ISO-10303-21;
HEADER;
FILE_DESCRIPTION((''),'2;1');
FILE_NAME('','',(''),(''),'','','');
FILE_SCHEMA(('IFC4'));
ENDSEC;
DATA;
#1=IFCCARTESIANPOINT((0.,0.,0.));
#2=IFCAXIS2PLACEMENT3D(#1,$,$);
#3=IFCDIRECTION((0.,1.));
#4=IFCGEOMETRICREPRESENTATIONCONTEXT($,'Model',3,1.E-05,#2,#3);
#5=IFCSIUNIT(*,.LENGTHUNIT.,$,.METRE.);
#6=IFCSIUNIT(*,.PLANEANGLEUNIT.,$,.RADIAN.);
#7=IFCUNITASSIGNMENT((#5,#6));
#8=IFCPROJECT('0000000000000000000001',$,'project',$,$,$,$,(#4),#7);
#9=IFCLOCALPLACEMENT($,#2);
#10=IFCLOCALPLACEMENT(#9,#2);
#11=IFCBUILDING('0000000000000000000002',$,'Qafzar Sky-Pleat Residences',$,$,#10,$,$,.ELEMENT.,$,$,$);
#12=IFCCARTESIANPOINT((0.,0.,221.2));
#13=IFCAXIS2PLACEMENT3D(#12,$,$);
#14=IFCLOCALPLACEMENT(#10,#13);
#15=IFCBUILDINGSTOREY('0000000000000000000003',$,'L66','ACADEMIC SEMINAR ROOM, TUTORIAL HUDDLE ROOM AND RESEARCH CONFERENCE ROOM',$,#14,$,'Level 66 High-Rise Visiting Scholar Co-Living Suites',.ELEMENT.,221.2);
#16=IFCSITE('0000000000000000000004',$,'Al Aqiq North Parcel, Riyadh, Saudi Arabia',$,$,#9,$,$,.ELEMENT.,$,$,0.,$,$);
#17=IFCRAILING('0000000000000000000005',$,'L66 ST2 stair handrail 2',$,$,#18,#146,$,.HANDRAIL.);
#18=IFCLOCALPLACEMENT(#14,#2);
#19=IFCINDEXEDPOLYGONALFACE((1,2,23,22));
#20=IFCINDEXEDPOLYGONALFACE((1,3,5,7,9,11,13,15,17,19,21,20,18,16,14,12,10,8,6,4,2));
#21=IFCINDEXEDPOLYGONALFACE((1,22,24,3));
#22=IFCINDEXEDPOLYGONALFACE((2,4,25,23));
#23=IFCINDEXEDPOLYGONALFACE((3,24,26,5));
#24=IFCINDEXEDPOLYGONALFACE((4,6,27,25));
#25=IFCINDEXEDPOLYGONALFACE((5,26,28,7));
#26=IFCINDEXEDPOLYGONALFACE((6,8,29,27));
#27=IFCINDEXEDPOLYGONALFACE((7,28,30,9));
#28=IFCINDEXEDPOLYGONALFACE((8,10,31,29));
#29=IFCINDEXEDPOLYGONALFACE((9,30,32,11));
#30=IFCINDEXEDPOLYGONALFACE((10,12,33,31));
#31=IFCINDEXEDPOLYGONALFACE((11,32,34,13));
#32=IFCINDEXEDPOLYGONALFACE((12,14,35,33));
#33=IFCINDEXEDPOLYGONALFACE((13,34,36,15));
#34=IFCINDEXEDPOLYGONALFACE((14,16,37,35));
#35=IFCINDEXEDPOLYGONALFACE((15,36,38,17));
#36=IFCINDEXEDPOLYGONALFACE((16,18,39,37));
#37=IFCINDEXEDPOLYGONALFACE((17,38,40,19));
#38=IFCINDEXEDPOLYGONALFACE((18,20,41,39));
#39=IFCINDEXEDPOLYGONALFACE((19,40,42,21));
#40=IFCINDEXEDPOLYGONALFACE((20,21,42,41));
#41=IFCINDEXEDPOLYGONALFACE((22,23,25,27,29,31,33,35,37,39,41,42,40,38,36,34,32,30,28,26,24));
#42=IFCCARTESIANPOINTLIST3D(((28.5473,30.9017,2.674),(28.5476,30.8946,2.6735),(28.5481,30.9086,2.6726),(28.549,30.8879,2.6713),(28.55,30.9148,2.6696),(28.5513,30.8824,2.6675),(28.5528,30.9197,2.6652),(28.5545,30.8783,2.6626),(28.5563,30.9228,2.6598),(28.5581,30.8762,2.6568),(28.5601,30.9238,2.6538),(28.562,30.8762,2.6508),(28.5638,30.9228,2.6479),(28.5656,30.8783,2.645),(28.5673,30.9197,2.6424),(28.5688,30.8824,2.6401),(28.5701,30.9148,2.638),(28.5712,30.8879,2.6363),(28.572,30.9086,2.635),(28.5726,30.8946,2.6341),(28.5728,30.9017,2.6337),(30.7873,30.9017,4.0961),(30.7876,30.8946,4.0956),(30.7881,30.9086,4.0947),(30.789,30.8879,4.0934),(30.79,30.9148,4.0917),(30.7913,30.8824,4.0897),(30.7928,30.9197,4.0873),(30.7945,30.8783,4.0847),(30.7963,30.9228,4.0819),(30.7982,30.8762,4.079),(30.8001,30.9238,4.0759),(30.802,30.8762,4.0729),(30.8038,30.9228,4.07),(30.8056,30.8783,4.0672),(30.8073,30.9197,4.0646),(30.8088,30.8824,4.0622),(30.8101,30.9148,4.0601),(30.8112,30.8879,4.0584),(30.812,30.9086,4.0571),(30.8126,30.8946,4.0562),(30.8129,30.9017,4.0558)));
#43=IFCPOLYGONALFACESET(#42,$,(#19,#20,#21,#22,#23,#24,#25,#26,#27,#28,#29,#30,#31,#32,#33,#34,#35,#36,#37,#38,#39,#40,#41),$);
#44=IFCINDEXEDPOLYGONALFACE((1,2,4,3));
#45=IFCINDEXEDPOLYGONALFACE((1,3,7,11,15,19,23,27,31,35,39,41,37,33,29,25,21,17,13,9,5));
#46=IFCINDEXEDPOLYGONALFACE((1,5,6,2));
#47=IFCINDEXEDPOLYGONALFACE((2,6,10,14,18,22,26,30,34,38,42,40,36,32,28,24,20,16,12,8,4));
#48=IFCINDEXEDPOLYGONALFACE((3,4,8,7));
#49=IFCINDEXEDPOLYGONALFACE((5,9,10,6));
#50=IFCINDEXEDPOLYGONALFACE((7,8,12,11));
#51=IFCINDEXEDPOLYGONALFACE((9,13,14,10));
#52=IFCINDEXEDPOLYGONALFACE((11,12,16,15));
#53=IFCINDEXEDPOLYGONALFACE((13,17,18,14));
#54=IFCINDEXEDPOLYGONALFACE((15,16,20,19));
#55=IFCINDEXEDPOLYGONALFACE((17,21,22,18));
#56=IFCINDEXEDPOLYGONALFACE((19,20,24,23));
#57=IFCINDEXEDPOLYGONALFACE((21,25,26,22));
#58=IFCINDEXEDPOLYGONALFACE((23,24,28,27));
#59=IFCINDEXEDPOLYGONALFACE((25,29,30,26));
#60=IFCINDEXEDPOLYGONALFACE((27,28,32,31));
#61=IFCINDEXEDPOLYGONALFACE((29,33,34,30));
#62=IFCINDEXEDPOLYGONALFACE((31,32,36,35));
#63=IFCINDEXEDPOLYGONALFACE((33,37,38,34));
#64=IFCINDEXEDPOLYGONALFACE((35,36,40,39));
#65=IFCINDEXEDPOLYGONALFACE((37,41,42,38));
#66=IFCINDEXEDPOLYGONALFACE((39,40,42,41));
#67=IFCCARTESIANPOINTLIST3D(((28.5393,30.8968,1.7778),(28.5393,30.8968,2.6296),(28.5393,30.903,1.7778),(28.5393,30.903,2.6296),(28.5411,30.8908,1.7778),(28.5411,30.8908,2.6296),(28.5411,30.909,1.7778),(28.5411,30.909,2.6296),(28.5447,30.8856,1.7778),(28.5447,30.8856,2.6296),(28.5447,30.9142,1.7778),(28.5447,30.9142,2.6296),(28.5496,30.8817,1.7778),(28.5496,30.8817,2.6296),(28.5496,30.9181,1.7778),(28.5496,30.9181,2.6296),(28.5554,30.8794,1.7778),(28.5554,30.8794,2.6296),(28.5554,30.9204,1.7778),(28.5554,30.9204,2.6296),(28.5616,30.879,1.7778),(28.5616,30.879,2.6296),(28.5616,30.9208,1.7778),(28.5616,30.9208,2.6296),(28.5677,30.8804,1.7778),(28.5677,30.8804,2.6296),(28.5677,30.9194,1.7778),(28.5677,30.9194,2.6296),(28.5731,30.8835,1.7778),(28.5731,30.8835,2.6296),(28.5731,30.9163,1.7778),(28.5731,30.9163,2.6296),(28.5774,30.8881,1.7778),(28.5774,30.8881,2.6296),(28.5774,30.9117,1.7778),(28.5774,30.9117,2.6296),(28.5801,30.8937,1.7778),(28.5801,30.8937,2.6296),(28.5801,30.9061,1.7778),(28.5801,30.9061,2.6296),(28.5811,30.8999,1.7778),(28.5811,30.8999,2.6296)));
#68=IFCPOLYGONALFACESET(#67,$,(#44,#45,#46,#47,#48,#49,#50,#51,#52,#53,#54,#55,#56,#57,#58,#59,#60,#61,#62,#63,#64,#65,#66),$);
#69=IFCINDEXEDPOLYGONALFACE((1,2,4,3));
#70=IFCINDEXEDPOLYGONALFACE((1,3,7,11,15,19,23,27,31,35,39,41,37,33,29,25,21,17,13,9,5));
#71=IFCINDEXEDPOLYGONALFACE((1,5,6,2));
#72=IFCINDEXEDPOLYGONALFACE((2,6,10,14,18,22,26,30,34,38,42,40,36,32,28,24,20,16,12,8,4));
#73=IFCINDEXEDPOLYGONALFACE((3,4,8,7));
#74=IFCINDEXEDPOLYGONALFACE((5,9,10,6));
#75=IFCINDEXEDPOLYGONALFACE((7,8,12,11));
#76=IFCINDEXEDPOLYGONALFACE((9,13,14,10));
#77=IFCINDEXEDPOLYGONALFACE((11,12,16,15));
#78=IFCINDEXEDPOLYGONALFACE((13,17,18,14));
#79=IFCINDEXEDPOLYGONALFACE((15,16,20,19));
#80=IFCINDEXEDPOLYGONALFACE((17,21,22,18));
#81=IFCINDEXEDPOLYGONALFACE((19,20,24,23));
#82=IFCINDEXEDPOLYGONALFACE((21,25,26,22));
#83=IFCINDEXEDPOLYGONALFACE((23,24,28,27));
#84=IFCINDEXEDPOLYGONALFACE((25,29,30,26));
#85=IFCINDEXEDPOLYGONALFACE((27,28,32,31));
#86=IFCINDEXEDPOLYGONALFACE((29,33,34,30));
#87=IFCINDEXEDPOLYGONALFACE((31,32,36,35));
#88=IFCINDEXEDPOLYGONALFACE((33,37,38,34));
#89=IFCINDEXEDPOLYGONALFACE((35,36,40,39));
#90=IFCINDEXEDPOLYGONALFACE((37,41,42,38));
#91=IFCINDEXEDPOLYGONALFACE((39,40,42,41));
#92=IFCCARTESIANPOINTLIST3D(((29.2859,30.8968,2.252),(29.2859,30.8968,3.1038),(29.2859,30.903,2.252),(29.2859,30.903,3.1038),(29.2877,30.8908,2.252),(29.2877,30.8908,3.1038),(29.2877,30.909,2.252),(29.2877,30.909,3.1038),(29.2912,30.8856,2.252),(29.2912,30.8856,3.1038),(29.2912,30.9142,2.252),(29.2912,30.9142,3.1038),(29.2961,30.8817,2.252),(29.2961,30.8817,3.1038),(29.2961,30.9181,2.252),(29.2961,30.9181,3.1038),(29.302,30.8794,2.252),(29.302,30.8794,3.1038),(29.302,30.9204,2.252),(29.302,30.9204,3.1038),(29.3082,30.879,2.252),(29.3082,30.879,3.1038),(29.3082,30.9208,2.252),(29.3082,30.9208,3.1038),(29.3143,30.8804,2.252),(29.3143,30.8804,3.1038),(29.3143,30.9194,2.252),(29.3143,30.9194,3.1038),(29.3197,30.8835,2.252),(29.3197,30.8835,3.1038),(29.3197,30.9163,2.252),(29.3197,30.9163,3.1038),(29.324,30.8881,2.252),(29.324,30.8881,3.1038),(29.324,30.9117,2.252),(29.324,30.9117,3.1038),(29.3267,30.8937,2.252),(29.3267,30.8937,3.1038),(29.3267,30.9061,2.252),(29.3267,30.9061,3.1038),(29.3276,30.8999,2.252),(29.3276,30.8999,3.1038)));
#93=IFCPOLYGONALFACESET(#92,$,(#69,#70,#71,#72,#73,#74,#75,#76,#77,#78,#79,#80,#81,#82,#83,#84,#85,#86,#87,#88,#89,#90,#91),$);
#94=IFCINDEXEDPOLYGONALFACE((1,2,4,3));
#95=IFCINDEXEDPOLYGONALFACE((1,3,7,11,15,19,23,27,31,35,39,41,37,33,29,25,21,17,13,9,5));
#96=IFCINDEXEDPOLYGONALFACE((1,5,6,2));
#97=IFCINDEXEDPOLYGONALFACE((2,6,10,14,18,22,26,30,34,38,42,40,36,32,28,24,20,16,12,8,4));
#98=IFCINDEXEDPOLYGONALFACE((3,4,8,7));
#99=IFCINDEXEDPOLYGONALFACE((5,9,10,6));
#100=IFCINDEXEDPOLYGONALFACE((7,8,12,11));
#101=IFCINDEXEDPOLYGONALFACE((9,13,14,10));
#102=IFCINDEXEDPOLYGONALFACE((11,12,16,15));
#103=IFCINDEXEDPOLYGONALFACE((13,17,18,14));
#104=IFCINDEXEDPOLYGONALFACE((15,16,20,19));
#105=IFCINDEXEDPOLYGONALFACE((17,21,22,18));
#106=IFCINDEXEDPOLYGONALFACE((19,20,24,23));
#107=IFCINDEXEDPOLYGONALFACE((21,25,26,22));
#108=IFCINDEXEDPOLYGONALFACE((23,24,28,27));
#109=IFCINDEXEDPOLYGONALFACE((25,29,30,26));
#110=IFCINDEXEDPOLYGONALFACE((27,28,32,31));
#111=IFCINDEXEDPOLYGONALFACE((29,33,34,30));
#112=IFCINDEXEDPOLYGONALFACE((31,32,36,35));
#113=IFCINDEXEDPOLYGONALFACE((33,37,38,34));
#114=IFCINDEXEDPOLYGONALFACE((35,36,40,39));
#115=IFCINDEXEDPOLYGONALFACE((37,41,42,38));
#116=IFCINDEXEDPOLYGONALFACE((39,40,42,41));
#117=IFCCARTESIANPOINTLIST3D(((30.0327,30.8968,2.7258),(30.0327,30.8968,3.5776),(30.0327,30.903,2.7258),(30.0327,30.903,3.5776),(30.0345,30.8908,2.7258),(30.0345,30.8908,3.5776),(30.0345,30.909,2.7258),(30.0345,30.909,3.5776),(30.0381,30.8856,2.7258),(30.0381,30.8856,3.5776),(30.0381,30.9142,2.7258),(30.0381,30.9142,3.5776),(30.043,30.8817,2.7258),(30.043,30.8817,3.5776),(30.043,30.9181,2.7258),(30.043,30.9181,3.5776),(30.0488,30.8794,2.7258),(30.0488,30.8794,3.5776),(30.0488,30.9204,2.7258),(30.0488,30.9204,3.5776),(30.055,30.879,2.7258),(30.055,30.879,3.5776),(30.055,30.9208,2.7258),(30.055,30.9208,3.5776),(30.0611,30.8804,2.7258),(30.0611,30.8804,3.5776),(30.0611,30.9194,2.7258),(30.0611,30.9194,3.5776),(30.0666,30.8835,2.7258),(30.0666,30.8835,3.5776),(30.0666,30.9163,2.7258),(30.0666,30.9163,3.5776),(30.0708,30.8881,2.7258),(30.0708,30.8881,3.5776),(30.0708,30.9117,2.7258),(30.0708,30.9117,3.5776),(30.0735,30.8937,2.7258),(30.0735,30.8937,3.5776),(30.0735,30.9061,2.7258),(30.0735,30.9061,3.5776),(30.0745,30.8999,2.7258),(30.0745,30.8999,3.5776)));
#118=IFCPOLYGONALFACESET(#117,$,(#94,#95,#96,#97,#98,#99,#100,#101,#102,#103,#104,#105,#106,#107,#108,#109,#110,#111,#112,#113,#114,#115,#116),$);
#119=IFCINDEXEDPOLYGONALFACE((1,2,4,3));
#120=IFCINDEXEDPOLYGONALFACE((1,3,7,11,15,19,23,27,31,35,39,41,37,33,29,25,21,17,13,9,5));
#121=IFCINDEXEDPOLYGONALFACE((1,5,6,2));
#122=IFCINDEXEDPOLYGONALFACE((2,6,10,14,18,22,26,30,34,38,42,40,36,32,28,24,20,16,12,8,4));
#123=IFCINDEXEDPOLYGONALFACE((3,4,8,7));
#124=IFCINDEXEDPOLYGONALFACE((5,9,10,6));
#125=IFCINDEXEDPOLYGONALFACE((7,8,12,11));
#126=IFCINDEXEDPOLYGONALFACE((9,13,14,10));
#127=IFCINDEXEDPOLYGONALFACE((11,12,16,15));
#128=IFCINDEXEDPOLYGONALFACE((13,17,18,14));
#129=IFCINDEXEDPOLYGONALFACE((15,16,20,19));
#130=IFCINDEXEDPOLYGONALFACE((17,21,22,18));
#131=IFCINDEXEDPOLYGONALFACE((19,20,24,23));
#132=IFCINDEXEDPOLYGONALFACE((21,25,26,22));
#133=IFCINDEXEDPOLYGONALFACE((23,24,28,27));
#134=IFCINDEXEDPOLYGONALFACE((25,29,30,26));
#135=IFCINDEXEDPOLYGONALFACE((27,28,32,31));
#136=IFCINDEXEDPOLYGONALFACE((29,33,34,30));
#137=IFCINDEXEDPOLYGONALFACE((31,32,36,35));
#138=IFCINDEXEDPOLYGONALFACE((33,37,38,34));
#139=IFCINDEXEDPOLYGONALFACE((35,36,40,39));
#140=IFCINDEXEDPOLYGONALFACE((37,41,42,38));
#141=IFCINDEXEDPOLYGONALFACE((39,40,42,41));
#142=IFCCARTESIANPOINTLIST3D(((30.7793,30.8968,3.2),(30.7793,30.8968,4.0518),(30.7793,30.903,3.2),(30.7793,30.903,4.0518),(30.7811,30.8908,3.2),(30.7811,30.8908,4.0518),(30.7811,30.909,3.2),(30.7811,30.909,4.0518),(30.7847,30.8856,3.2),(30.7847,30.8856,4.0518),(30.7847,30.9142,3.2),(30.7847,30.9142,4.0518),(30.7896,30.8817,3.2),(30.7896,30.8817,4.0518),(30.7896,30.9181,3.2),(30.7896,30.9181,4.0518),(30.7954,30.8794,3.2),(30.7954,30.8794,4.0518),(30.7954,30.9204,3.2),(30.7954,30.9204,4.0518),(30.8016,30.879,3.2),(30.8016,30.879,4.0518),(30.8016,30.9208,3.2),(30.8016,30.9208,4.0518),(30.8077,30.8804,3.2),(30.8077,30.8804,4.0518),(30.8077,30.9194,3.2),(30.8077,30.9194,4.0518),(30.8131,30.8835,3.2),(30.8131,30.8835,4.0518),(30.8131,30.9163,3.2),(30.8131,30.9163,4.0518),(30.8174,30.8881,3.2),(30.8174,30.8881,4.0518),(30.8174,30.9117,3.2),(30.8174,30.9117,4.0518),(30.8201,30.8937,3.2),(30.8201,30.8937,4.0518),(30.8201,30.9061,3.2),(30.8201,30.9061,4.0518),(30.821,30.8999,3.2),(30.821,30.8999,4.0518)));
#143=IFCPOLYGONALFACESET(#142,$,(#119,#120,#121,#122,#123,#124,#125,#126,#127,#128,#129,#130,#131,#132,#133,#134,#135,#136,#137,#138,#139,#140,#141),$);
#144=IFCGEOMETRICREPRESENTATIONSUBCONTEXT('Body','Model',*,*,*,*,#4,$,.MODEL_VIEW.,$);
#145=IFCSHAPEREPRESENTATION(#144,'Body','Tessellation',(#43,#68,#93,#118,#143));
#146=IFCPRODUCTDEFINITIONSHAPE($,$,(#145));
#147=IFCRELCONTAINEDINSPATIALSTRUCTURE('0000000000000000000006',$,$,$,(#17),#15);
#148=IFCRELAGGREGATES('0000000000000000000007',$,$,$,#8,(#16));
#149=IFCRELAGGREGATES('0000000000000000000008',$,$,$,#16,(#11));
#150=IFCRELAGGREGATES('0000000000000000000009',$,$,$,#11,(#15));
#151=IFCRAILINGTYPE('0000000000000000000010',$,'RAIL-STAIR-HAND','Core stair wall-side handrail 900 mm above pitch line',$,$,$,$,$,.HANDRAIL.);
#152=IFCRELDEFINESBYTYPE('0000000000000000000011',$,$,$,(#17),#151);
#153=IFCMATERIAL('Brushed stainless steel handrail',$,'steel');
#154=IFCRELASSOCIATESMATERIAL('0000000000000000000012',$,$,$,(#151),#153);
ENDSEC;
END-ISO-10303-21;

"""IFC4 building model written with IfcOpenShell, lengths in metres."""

from ifc_helpers import new_model, si_unit, direction, frame, origin, origin_2d, place, context, subcontext, project, spatial, circle, extrude, source, transform, mapped, material, type_object, element, save


model = new_model("IFC4")

# Units and contexts
model_context = context("Model", 3, precision=1e-05, world=origin(), true_north=direction((0.0, 1.0)))
body_context = subcontext(model_context, "Body", "Model", "MODEL_VIEW")
ifc_project = project(units=[si_unit("LENGTHUNIT", "METRE"), si_unit("PLANEANGLEUNIT", "RADIAN")], contexts=[model_context])

# Site, building, storey
site_placement = place(None, origin())
site = spatial("IfcSite", under=ifc_project, at=site_placement, Name="Al Aqiq North Parcel, Riyadh, Saudi Arabia", CompositionType="ELEMENT", RefElevation=0.0)
building_placement = place(site_placement, origin())
building = spatial("IfcBuilding", under=site, at=building_placement, Name="Qafzar Sky-Pleat Residences", CompositionType="ELEMENT")
storey_placement = place(building_placement, frame((0.0, 0.0, 221.2)))
storey = spatial("IfcBuildingStorey", under=building, at=storey_placement, Name="L66", Description="ACADEMIC SEMINAR ROOM, TUTORIAL HUDDLE ROOM AND RESEARCH CONFERENCE ROOM", LongName="Level 66 High-Rise Visiting Scholar Co-Living Suites", CompositionType="ELEMENT", Elevation=221.2)

# Railing
ifc_material_1 = material(Name="Brushed stainless steel handrail", Category="steel")
railing_type_1 = type_object("IfcRailingType", Name="RAIL-STAIR-HAND", Description="Core stair wall-side handrail 900 mm above pitch line", PredefinedType="HANDRAIL", material=ifc_material_1)
shared_shape_1 = source(origin(), body_context, "Body", "SweptSolid", [
    extrude(circle(Radius=0.0239, at=origin_2d()), frame((0.0, 0.0, 0.876), z_axis=(0.844229, 0.0, 0.535982), x_axis=(0.0, 1.0, 0.0)), (0.0, 0.0, 1.0), 2.6533),
    extrude(circle(Radius=0.021, at=origin_2d()), origin(), (0.0, 0.0, 1.0), 0.8518),
    extrude(circle(Radius=0.021, at=origin_2d()), frame((0.7466, 0.0, 0.4741)), (0.0, 0.0, 1.0), 0.8518),
    extrude(circle(Radius=0.021, at=origin_2d()), frame((1.4934, 0.0, 0.948)), (0.0, 0.0, 1.0), 0.8518),
    extrude(circle(Radius=0.021, at=origin_2d()), frame((2.24, 0.0, 1.4221)), (0.0, 0.0, 1.0), 0.8518),
])
railing_1_placement = place(storey_placement, frame((28.5601, 30.8999, 1.7778)))
element("IfcRailing", 1, at=railing_1_placement, inside=storey, type_object=railing_type_1, Name="L66 ST2 stair handrail 2", PredefinedType="HANDRAIL", context=body_context, shape_type="MappedRepresentation", body=[
    mapped(shared_shape_1, transform((0.0, 0.0, 0.0), x_axis=(1.0, 0.0, 0.0), y_axis=(0.0, 1.0, 0.0), z_axis=(0.0, 0.0, 1.0), scale=1.0)),
])

save(model, "model.ifc")
